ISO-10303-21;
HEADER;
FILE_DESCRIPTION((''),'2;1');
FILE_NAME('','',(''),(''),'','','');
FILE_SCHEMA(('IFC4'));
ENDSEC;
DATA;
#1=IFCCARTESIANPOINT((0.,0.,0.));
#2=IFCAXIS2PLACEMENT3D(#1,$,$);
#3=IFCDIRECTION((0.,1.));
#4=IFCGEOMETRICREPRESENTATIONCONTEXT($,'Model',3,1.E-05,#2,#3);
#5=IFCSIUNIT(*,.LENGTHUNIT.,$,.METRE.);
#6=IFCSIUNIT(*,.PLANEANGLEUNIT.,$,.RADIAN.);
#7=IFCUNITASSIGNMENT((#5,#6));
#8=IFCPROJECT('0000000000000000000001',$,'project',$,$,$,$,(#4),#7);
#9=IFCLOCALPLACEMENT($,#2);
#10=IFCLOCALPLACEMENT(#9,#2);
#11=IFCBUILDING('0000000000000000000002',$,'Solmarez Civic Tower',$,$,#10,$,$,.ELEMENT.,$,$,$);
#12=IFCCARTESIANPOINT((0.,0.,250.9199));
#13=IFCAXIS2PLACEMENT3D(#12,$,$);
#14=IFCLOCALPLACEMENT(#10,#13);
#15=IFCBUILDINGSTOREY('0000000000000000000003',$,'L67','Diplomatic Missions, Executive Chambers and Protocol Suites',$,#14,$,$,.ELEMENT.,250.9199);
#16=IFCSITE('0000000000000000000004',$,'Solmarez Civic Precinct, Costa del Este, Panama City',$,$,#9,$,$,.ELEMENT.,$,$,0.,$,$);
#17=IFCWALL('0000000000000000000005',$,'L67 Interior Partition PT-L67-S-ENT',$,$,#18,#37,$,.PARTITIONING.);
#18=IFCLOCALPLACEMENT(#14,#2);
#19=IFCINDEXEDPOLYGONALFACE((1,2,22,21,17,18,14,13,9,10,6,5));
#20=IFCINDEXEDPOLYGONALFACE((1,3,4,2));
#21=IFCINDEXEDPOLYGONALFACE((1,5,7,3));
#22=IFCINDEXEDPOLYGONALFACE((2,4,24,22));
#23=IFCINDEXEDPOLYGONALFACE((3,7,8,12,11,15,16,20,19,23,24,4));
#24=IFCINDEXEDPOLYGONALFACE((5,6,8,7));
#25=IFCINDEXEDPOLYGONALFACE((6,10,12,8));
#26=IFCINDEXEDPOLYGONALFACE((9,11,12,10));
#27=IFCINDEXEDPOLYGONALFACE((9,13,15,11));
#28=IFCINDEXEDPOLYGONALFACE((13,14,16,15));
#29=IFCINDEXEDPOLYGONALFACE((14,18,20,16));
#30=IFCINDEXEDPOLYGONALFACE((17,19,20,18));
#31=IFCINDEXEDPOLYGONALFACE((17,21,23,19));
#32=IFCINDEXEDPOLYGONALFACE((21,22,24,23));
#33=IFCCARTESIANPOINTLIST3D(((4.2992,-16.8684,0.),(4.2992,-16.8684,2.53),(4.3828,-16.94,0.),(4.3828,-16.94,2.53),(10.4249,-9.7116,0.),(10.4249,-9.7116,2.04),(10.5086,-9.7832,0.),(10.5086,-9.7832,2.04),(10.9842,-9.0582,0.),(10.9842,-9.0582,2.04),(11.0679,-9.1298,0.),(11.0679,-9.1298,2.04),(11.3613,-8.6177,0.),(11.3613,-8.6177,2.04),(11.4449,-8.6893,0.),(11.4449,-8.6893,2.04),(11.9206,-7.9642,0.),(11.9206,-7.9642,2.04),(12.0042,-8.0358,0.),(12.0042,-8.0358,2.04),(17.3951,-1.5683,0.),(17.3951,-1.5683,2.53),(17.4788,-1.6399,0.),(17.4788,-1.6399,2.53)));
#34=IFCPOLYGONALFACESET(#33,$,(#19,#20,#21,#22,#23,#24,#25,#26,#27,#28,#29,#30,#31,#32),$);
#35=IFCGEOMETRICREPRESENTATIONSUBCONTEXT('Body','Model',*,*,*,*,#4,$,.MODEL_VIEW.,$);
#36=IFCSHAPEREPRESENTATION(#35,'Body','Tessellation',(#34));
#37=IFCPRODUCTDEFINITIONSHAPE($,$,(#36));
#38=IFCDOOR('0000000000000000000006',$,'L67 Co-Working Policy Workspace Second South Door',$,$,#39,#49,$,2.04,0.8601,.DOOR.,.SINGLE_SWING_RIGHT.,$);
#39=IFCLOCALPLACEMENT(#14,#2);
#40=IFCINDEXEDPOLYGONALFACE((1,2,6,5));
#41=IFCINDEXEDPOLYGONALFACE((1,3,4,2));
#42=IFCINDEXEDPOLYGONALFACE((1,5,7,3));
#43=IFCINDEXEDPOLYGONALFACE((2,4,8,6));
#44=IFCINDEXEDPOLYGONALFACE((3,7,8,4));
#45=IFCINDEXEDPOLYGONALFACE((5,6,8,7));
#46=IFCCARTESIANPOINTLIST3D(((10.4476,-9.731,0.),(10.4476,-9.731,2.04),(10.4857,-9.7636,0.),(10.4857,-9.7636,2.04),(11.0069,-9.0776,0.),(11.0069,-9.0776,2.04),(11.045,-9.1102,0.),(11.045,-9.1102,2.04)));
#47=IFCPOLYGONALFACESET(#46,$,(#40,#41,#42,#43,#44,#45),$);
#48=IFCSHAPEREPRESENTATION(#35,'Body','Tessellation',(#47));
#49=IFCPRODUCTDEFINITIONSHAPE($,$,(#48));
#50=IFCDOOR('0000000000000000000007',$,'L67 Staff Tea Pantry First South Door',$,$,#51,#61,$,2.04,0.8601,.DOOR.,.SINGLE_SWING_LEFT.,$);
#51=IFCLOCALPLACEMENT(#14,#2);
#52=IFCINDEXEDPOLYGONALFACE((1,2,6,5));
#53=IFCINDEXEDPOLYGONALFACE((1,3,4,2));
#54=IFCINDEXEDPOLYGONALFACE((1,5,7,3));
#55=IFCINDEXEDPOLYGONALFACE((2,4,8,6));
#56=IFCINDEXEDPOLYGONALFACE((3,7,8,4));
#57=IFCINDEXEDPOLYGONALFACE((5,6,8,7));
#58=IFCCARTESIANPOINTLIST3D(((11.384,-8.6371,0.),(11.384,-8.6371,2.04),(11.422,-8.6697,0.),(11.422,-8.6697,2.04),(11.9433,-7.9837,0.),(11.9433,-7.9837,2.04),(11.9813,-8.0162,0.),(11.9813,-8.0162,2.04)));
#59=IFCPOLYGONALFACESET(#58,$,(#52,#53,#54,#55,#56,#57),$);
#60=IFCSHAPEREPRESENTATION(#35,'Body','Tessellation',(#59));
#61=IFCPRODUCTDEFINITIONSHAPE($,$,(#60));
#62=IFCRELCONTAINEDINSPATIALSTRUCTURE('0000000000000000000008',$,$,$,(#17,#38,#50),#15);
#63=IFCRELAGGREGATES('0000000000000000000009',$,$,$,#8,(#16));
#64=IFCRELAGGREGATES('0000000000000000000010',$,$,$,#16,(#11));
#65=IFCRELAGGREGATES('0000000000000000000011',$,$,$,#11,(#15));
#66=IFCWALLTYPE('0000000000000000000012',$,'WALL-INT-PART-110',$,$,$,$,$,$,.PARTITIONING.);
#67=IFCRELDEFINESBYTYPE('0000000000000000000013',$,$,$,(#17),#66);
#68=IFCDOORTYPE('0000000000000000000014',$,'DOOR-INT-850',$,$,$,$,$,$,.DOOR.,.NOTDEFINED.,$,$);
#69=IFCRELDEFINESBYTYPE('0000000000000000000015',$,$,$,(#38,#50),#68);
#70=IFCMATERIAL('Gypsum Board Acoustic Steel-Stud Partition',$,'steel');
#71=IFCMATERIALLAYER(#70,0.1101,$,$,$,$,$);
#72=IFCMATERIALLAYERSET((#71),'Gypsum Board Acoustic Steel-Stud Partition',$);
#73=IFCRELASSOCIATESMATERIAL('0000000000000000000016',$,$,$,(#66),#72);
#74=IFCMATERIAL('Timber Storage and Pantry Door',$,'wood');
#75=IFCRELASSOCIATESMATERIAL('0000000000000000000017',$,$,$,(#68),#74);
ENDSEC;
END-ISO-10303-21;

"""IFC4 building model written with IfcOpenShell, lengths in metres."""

from ifc_helpers import new_model, si_unit, direction, frame, frame_2d, origin, place, context, subcontext, project, spatial, rectangle, extrude, material, layer, layer_set, type_object, element, fill, save


model = new_model("IFC4")

# Units and contexts
model_context = context("Model", 3, precision=1e-05, world=origin(), true_north=direction((0.0, 1.0)))
body_context = subcontext(model_context, "Body", "Model", "MODEL_VIEW")
ifc_project = project(units=[si_unit("LENGTHUNIT", "METRE"), si_unit("PLANEANGLEUNIT", "RADIAN")], contexts=[model_context])

# Site, building, storey
site_placement = place(None, origin())
site = spatial("IfcSite", under=ifc_project, at=site_placement, Name="Solmarez Civic Precinct, Costa del Este, Panama City", CompositionType="ELEMENT", RefElevation=0.0)
building_placement = place(site_placement, origin())
building = spatial("IfcBuilding", under=site, at=building_placement, Name="Solmarez Civic Tower", CompositionType="ELEMENT")
storey_placement = place(building_placement, frame((0.0, 0.0, 250.9199)))
storey = spatial("IfcBuildingStorey", under=building, at=storey_placement, Name="L67", Description="Diplomatic Missions, Executive Chambers and Protocol Suites", CompositionType="ELEMENT", Elevation=250.9199)

# Shared definitions
ifc_material_1 = material(Name="Gypsum Board Acoustic Steel-Stud Partition", Category="steel")
ifc_layer_1 = layer(ifc_material_1, 0.1101)
ifc_layer_set_1 = layer_set([ifc_layer_1], Name="Gypsum Board Acoustic Steel-Stud Partition")
wall_type_1 = type_object("IfcWallType", Name="WALL-INT-PART-110", PredefinedType="PARTITIONING", material=ifc_layer_set_1)

# Wall, openings, doors
wall_1_placement = place(storey_placement, frame((17.437, -1.604, 0.0), z_axis=(0.0, 0.0, 1.0), x_axis=(-0.650265, -0.759707, 0.0)))
wall_1 = element("IfcWall", 1, at=wall_1_placement, inside=storey, type_object=wall_type_1, Name="L67 Interior Partition PT-L67-S-ENT", PredefinedType="PARTITIONING", context=body_context, shape_type="SweptSolid", body=[
    extrude(rectangle(XDim=20.1394, YDim=0.1101, at=frame_2d((10.0698, 0.0))), origin(), (0.0, 0.0, 1.0), 2.53),
])
opening_1_placement = place(wall_1_placement, frame((9.8589, 0.0, 0.0)))
opening_1 = element("IfcOpeningElement", 2, at=opening_1_placement, cuts=wall_1, PredefinedType="OPENING", context=body_context, shape_type="SweptSolid", body=[
    extrude(rectangle(XDim=0.8601, YDim=2.04, at=frame_2d((0.4302, 1.02))), frame((0.0, 0.0649, 0.0), z_axis=(0.0, -1.0, 0.0), x_axis=(1.0, 0.0, 0.0)), (0.0, 0.0, 1.0), 0.1301),
])
opening_2_placement = place(wall_1_placement, frame((8.4189, 0.0, 0.0)))
opening_2 = element("IfcOpeningElement", 3, at=opening_2_placement, cuts=wall_1, PredefinedType="OPENING", context=body_context, shape_type="SweptSolid", body=[
    extrude(rectangle(XDim=0.8601, YDim=2.04, at=frame_2d((0.4302, 1.02))), frame((0.0, 0.0649, 0.0), z_axis=(0.0, -1.0, 0.0), x_axis=(1.0, 0.0, 0.0)), (0.0, 0.0, 1.0), 0.1301),
])
ifc_material_2 = material(Name="Timber Storage and Pantry Door", Category="wood")
door_type_1 = type_object("IfcDoorType", Name="DOOR-INT-850", OperationType="NOTDEFINED", PredefinedType="DOOR", material=ifc_material_2)
door_1_placement = place(opening_1_placement, origin())
door_1 = element("IfcDoor", 4, at=door_1_placement, inside=storey, type_object=door_type_1, Name="L67 Co-Working Policy Workspace Second South Door", OperationType="SINGLE_SWING_RIGHT", OverallHeight=2.04, OverallWidth=0.8601, PredefinedType="DOOR", context=body_context, shape_type="SweptSolid", body=[
    extrude(rectangle(XDim=0.8601, YDim=2.04, at=frame_2d((0.4302, 1.02))), frame((0.0, 0.0249, 0.0), z_axis=(0.0, -1.0, 0.0), x_axis=(1.0, 0.0, 0.0)), (0.0, 0.0, 1.0), 0.05),
])
fill(opening_1, door_1)
door_2_placement = place(opening_2_placement, origin())
door_2 = element("IfcDoor", 5, at=door_2_placement, inside=storey, type_object=door_type_1, Name="L67 Staff Tea Pantry First South Door", OperationType="SINGLE_SWING_LEFT", OverallHeight=2.04, OverallWidth=0.8601, PredefinedType="DOOR", context=body_context, shape_type="SweptSolid", body=[
    extrude(rectangle(XDim=0.8601, YDim=2.04, at=frame_2d((0.4302, 1.02))), frame((0.0, 0.0249, 0.0), z_axis=(0.0, -1.0, 0.0), x_axis=(1.0, 0.0, 0.0)), (0.0, 0.0, 1.0), 0.05),
])
fill(opening_2, door_2)

save(model, "model.ifc")
